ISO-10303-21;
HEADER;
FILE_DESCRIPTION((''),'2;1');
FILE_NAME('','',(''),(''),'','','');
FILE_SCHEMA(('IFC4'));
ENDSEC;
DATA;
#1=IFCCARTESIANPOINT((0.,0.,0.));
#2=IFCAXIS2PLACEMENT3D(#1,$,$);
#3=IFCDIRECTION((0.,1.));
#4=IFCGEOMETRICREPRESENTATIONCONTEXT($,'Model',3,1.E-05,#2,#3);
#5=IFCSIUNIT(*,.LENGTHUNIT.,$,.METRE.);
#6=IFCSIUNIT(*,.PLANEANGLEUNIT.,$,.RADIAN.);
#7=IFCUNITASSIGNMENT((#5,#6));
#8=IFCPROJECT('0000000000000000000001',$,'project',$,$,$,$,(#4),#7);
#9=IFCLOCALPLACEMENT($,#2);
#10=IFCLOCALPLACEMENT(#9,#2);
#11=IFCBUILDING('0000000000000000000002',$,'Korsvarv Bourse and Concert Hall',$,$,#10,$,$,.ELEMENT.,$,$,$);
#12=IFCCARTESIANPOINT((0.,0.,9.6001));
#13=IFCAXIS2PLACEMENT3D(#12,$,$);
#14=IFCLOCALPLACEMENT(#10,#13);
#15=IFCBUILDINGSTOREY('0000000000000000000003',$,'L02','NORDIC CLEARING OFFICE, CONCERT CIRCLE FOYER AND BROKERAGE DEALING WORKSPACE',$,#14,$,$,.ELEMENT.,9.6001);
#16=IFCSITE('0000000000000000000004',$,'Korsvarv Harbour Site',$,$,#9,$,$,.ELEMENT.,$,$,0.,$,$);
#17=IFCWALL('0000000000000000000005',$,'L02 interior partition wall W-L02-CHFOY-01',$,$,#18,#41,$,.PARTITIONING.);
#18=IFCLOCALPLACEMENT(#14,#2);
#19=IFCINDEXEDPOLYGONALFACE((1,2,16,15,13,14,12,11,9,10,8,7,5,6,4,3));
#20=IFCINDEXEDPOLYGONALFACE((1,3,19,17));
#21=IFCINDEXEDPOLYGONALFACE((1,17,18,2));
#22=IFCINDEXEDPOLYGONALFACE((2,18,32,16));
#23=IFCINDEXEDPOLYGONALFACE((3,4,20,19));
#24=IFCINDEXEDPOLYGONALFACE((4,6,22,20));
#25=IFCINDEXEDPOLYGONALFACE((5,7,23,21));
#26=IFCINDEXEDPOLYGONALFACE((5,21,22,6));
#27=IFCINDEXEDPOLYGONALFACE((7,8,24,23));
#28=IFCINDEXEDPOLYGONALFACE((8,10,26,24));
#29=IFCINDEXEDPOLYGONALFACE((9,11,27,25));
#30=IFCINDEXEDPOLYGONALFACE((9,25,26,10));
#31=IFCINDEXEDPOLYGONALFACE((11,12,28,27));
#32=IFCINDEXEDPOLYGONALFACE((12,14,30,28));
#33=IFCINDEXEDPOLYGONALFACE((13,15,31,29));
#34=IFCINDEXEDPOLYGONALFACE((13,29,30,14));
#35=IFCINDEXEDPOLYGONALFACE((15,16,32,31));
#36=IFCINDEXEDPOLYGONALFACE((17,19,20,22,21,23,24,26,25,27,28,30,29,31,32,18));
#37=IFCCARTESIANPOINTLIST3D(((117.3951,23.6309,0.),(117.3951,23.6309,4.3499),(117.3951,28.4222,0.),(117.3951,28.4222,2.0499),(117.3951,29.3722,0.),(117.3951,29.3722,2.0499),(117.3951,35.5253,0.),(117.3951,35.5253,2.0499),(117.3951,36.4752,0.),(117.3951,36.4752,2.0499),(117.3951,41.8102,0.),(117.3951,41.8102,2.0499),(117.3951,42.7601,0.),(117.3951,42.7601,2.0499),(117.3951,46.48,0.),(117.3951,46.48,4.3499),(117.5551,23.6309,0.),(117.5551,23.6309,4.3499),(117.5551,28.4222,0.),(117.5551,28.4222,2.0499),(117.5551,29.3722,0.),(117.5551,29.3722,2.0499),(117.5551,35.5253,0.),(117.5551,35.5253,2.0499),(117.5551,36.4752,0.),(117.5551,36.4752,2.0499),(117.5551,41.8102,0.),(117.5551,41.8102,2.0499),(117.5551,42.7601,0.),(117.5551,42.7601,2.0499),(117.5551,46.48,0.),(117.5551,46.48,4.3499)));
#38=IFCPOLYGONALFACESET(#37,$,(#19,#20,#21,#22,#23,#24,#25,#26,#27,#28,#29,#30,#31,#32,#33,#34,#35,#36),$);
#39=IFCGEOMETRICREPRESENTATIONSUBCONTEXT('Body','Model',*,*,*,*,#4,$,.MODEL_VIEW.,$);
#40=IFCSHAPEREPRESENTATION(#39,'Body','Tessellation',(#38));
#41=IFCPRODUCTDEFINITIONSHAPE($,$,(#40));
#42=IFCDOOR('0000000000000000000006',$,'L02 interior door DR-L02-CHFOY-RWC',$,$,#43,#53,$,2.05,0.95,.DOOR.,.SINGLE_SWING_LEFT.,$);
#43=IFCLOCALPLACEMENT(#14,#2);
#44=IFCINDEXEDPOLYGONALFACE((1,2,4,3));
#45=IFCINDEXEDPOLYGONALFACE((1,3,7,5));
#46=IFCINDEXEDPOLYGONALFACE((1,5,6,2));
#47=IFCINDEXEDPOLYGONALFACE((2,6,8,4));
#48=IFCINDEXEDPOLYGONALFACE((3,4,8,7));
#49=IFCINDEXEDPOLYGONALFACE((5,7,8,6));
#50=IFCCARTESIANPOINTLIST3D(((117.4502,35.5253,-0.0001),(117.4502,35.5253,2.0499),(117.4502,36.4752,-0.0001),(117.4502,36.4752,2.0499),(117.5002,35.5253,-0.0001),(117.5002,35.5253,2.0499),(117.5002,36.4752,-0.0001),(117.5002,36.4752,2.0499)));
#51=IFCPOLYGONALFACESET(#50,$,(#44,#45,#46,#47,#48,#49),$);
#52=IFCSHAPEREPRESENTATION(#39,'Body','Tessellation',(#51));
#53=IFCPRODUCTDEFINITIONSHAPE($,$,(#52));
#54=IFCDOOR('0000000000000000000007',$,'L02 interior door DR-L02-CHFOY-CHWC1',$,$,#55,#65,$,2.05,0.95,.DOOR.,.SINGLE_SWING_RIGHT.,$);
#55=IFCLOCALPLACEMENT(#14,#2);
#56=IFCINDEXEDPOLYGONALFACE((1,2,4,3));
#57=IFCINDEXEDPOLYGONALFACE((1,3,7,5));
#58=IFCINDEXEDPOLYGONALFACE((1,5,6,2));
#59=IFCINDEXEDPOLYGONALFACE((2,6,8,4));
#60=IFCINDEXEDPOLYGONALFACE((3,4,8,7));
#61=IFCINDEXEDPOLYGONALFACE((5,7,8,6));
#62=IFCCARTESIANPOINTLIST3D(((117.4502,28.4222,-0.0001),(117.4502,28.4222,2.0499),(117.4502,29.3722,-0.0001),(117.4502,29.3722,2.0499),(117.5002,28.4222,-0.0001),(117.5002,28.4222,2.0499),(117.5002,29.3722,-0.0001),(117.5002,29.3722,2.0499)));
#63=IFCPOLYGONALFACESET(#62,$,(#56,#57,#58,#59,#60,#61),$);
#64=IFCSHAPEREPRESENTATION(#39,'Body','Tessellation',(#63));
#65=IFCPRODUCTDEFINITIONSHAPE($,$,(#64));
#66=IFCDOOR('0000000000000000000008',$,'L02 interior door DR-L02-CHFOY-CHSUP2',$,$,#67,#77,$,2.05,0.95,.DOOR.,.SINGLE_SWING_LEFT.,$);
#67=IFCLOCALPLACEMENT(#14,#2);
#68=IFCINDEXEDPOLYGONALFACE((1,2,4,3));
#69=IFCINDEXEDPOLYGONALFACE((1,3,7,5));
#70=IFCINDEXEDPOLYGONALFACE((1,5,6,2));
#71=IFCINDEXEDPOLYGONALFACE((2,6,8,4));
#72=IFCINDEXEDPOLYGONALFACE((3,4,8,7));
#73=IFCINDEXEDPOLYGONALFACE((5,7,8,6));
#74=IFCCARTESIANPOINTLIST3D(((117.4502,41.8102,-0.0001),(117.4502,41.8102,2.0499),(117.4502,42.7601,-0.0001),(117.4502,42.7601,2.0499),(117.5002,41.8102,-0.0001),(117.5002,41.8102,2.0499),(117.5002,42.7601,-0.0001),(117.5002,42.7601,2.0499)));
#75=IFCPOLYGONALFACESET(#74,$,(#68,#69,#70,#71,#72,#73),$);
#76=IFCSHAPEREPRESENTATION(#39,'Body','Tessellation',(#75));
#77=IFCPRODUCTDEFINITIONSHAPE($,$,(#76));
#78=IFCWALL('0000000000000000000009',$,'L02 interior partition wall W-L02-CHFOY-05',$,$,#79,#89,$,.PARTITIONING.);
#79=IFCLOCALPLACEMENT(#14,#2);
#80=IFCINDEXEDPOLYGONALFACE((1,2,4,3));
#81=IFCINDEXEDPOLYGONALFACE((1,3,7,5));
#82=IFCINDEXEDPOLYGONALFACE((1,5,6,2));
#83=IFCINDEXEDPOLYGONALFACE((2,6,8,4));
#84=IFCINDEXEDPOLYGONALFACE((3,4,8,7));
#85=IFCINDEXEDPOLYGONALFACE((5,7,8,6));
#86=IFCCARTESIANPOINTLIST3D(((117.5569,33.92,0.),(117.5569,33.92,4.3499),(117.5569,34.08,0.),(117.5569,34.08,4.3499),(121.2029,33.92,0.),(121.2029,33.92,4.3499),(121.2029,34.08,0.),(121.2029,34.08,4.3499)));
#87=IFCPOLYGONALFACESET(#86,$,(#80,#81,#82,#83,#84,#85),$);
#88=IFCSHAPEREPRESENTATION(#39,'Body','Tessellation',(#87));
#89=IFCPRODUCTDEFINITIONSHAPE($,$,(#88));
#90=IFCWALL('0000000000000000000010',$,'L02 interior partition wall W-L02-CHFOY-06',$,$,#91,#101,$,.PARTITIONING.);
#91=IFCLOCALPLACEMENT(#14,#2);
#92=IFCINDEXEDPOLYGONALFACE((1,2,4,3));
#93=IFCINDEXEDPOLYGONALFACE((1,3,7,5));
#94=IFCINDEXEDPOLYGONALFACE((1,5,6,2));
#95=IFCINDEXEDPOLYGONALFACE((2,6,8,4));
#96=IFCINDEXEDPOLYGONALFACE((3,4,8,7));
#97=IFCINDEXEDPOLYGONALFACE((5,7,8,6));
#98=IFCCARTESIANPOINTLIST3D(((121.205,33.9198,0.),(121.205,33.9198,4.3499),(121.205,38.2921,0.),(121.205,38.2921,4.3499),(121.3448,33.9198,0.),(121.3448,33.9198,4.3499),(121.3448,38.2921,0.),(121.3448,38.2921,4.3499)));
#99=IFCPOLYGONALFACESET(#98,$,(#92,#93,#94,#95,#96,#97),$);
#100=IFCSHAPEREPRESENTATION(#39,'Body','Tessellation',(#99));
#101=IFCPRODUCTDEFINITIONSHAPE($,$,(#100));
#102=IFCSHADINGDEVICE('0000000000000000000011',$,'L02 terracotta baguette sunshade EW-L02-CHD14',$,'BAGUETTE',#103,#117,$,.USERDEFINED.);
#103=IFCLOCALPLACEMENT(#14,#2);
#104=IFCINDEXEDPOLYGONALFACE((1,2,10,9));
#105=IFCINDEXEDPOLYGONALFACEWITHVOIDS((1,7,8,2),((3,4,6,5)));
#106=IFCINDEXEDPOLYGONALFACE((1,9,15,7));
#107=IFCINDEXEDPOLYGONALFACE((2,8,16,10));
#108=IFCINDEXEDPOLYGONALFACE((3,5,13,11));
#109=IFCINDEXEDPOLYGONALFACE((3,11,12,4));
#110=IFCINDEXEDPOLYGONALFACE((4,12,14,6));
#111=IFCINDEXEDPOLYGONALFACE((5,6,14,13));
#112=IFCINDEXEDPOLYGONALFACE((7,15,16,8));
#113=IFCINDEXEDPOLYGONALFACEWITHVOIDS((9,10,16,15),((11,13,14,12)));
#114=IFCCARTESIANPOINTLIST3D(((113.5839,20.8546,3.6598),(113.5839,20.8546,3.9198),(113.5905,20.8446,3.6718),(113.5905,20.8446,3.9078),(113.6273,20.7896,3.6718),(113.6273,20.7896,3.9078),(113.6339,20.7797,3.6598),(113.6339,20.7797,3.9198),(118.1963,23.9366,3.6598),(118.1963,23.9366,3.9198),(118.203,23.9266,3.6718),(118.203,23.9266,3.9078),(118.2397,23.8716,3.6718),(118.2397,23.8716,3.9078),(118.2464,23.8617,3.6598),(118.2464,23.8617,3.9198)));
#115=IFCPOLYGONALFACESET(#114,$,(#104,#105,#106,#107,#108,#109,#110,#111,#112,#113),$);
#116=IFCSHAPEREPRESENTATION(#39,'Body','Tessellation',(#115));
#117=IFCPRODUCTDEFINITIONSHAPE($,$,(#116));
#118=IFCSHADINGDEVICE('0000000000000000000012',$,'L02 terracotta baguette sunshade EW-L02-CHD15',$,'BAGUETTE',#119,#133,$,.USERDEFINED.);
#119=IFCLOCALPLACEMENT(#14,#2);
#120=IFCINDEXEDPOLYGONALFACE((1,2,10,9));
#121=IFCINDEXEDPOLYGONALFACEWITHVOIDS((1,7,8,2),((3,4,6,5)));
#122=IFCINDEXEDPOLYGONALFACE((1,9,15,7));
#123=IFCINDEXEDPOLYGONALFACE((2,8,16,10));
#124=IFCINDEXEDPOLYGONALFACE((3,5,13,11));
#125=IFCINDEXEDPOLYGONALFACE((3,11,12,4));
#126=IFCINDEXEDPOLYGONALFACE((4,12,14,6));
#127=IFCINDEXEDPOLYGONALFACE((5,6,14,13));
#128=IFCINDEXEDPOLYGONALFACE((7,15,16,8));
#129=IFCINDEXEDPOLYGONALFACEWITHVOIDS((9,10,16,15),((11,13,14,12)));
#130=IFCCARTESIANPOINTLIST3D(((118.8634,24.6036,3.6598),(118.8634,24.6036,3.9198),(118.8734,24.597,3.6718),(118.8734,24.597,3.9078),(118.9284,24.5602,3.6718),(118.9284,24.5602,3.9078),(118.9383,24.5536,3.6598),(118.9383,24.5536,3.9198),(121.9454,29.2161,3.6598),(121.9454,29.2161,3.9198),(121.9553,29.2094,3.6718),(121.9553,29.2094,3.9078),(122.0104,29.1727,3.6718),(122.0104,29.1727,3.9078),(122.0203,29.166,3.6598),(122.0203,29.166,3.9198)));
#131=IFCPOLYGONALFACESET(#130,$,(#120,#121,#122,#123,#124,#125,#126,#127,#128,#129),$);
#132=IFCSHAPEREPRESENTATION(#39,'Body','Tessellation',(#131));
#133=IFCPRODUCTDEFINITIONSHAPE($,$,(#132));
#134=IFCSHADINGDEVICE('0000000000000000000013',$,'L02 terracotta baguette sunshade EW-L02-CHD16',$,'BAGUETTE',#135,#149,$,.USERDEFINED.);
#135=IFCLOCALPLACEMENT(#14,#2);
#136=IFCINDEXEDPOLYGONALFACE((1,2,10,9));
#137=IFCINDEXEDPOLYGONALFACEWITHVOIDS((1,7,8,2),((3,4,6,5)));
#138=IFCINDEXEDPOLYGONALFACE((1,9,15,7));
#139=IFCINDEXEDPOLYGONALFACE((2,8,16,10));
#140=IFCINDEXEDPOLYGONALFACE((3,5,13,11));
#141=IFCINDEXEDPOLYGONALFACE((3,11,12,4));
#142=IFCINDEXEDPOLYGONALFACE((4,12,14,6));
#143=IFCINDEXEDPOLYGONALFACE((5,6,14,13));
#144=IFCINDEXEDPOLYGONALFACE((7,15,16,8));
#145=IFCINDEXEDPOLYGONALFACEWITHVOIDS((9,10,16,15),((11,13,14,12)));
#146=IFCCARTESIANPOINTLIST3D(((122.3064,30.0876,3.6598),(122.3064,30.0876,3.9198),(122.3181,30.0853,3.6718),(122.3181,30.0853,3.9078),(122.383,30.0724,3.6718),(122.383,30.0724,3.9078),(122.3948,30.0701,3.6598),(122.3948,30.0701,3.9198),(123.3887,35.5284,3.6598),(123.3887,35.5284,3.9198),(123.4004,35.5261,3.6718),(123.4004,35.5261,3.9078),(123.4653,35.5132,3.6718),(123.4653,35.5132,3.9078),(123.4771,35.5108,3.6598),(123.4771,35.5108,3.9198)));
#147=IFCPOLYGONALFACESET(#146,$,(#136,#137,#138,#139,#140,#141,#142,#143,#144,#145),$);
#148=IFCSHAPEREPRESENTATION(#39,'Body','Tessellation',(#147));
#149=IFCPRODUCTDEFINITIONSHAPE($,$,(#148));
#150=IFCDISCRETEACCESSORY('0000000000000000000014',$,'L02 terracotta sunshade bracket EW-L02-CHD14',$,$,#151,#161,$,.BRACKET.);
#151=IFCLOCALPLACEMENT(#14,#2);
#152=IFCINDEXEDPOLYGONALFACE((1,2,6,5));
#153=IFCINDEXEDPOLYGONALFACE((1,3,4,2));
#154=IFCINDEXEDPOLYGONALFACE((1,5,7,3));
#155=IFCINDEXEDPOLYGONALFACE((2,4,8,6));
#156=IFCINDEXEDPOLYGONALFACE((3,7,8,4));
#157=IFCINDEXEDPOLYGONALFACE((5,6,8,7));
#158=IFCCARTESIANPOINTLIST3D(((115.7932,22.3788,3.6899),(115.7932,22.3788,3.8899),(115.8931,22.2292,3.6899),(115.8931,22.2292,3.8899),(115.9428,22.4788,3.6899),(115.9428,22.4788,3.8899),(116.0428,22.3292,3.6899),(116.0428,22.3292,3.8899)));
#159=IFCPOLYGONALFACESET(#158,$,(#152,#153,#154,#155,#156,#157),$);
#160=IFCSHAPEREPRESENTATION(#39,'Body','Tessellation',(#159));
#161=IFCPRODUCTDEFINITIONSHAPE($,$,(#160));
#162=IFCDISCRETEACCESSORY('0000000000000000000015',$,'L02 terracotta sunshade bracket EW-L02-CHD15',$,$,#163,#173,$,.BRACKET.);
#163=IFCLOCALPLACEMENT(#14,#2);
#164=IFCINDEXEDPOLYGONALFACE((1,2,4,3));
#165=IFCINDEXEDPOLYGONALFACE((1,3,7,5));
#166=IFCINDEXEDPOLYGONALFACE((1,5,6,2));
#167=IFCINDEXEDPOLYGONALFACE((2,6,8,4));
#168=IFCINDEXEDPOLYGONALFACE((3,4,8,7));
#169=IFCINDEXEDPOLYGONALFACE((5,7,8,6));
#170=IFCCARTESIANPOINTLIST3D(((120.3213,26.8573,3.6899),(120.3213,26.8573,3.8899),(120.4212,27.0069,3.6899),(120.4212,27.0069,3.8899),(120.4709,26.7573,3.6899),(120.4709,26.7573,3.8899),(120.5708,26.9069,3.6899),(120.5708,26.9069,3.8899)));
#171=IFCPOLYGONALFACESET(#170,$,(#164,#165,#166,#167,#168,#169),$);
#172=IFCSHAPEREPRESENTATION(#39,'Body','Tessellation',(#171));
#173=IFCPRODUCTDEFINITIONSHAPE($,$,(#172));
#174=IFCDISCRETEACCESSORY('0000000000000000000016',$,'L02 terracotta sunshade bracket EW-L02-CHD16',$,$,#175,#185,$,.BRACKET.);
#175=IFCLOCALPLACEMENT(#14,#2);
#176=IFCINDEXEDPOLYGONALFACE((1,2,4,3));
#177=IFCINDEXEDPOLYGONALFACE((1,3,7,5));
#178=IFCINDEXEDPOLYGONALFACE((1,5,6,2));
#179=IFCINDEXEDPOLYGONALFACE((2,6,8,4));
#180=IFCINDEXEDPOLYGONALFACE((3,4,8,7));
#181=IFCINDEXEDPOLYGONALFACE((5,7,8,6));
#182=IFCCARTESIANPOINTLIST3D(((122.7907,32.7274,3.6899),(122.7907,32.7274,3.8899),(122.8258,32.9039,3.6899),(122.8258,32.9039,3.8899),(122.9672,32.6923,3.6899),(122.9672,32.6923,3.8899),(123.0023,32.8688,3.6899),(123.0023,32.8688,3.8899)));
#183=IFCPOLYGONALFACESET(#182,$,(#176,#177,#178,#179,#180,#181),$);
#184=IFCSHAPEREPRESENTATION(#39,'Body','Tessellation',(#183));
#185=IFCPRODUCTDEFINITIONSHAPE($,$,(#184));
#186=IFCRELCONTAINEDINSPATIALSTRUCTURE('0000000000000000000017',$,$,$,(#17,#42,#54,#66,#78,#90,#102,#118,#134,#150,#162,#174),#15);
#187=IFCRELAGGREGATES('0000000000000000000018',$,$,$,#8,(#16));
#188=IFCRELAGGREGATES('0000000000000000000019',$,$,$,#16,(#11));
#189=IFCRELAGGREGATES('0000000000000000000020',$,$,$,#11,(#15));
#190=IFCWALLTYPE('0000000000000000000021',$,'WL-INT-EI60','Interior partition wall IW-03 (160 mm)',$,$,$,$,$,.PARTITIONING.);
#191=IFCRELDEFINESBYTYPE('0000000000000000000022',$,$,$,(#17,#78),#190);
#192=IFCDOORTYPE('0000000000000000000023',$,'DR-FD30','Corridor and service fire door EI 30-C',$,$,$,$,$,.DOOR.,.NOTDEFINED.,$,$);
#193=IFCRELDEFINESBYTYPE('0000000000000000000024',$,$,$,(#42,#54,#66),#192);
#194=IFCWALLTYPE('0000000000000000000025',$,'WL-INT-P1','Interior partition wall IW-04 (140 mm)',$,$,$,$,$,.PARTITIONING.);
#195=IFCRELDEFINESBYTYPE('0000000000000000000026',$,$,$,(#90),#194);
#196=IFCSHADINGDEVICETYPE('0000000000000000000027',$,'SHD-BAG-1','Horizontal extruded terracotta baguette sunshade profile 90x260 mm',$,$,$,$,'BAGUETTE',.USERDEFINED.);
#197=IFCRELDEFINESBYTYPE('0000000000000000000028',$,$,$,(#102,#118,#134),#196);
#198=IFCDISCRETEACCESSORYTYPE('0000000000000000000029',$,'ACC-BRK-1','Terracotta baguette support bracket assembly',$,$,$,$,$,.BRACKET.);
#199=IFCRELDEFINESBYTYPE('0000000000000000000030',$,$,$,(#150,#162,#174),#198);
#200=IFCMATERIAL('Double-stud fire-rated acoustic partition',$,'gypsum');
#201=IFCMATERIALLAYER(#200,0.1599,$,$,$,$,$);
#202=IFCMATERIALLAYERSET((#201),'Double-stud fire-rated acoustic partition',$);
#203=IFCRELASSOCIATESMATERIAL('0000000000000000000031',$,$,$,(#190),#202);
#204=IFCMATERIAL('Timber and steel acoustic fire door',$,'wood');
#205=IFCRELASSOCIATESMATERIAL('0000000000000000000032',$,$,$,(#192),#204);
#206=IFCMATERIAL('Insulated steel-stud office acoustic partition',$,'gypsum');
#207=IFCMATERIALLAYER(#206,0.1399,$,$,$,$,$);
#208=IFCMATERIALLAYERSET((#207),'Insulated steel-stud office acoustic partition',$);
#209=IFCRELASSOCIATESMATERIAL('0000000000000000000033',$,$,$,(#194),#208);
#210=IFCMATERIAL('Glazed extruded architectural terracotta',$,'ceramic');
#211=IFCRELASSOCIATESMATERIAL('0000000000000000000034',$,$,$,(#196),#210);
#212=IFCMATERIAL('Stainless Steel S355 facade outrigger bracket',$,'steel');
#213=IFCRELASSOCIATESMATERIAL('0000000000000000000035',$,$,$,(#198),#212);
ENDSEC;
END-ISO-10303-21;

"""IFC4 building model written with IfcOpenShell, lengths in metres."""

from ifc_helpers import new_model, si_unit, direction, frame, frame_2d, origin, origin_2d, place, context, subcontext, project, spatial, rectangle, hollow_rectangle, extrude, source, transform, mapped, material, layer, layer_set, material_profile, profile_set, type_object, element, fill, save


model = new_model("IFC4")

# Units and contexts
model_context = context("Model", 3, precision=1e-05, world=origin(), true_north=direction((0.0, 1.0)))
body_context = subcontext(model_context, "Body", "Model", "MODEL_VIEW")
ifc_project = project(units=[si_unit("LENGTHUNIT", "METRE"), si_unit("PLANEANGLEUNIT", "RADIAN")], contexts=[model_context])

# Site, building, storey
site_placement = place(None, origin())
site = spatial("IfcSite", under=ifc_project, at=site_placement, Name="Korsvarv Harbour Site", CompositionType="ELEMENT", RefElevation=0.0)
building_placement = place(site_placement, origin())
building = spatial("IfcBuilding", under=site, at=building_placement, Name="Korsvarv Bourse and Concert Hall", CompositionType="ELEMENT")
storey_placement = place(building_placement, frame((0.0, 0.0, 9.6001)))
storey = spatial("IfcBuildingStorey", under=building, at=storey_placement, Name="L02", Description="NORDIC CLEARING OFFICE, CONCERT CIRCLE FOYER AND BROKERAGE DEALING WORKSPACE", CompositionType="ELEMENT", Elevation=9.6001)

# Wall, openings, doors
ifc_material_1 = material(Name="Double-stud fire-rated acoustic partition", Category="gypsum")
ifc_layer_1 = layer(ifc_material_1, 0.1599)
ifc_layer_set_1 = layer_set([ifc_layer_1], Name="Double-stud fire-rated acoustic partition")
wall_type_1 = type_object("IfcWallType", Name="WL-INT-EI60", Description="Interior partition wall IW-03 (160 mm)", PredefinedType="PARTITIONING", material=ifc_layer_set_1)
wall_1_placement = place(storey_placement, frame((117.4751, 23.6309, 0.0), z_axis=(0.0, 0.0, 1.0), x_axis=(0.0, 1.0, 0.0)))
wall_1 = element("IfcWall", 1, at=wall_1_placement, inside=storey, type_object=wall_type_1, Name="L02 interior partition wall W-L02-CHFOY-01", PredefinedType="PARTITIONING", context=body_context, shape_type="SweptSolid", body=[
    extrude(rectangle(XDim=22.8491, YDim=0.1599, at=frame_2d((11.4246, 0.0))), origin(), (0.0, 0.0, 1.0), 4.3499),
])
opening_1_placement = place(wall_1_placement, frame((11.8943, 0.0, 0.0)))
opening_1 = element("IfcOpeningElement", 2, at=opening_1_placement, cuts=wall_1, PredefinedType="OPENING", context=body_context, shape_type="SweptSolid", body=[
    extrude(rectangle(XDim=0.95, YDim=2.05, at=frame_2d((0.4751, 1.0249))), frame((0.0, 0.0898, 0.0), z_axis=(0.0, -1.0, 0.0), x_axis=(1.0, 0.0, 0.0)), (0.0, 0.0, 1.0), 0.1799),
])
opening_2_placement = place(wall_1_placement, frame((4.7913, 0.0, 0.0)))
opening_2 = element("IfcOpeningElement", 3, at=opening_2_placement, cuts=wall_1, PredefinedType="OPENING", context=body_context, shape_type="SweptSolid", body=[
    extrude(rectangle(XDim=0.95, YDim=2.05, at=frame_2d((0.4751, 1.0249))), frame((0.0, 0.0898, 0.0), z_axis=(0.0, -1.0, 0.0), x_axis=(1.0, 0.0, 0.0)), (0.0, 0.0, 1.0), 0.1799),
])
opening_3_placement = place(wall_1_placement, frame((18.1792, 0.0, 0.0)))
opening_3 = element("IfcOpeningElement", 4, at=opening_3_placement, cuts=wall_1, PredefinedType="OPENING", context=body_context, shape_type="SweptSolid", body=[
    extrude(rectangle(XDim=0.95, YDim=2.05, at=frame_2d((0.4751, 1.0249))), frame((0.0, 0.0898, 0.0), z_axis=(0.0, -1.0, 0.0), x_axis=(1.0, 0.0, 0.0)), (0.0, 0.0, 1.0), 0.1799),
])
ifc_material_2 = material(Name="Timber and steel acoustic fire door", Category="wood")
door_type = type_object("IfcDoorType", Name="DR-FD30", Description="Corridor and service fire door EI 30-C", OperationType="NOTDEFINED", PredefinedType="DOOR", material=ifc_material_2)
door_1_placement = place(opening_1_placement, origin())
door_1 = element("IfcDoor", 5, at=door_1_placement, inside=storey, type_object=door_type, Name="L02 interior door DR-L02-CHFOY-RWC", OperationType="SINGLE_SWING_LEFT", OverallHeight=2.05, OverallWidth=0.95, PredefinedType="DOOR", context=body_context, shape_type="SweptSolid", body=[
    extrude(rectangle(XDim=0.95, YDim=2.05, at=frame_2d((0.4751, 1.0249))), frame((0.0, 0.0249, 0.0), z_axis=(0.0, -1.0, 0.0), x_axis=(1.0, 0.0, 0.0)), (0.0, 0.0, 1.0), 0.05),
])
fill(opening_1, door_1)
door_2_placement = place(opening_2_placement, origin())
door_2 = element("IfcDoor", 6, at=door_2_placement, inside=storey, type_object=door_type, Name="L02 interior door DR-L02-CHFOY-CHWC1", OperationType="SINGLE_SWING_RIGHT", OverallHeight=2.05, OverallWidth=0.95, PredefinedType="DOOR", context=body_context, shape_type="SweptSolid", body=[
    extrude(rectangle(XDim=0.95, YDim=2.05, at=frame_2d((0.4751, 1.0249))), frame((0.0, 0.0249, 0.0), z_axis=(0.0, -1.0, 0.0), x_axis=(1.0, 0.0, 0.0)), (0.0, 0.0, 1.0), 0.05),
])
fill(opening_2, door_2)
door_3_placement = place(opening_3_placement, origin())
door_3 = element("IfcDoor", 7, at=door_3_placement, inside=storey, type_object=door_type, Name="L02 interior door DR-L02-CHFOY-CHSUP2", OperationType="SINGLE_SWING_LEFT", OverallHeight=2.05, OverallWidth=0.95, PredefinedType="DOOR", context=body_context, shape_type="SweptSolid", body=[
    extrude(rectangle(XDim=0.95, YDim=2.05, at=frame_2d((0.4751, 1.0249))), frame((0.0, 0.0249, 0.0), z_axis=(0.0, -1.0, 0.0), x_axis=(1.0, 0.0, 0.0)), (0.0, 0.0, 1.0), 0.05),
])
fill(opening_3, door_3)

# Walls
wall_2_placement = place(storey_placement, frame((117.5569, 34.0, 0.0), z_axis=(0.0, 0.0, 1.0), x_axis=(1.0, 0.0, 0.0)))
element("IfcWall", 8, at=wall_2_placement, inside=storey, type_object=wall_type_1, Name="L02 interior partition wall W-L02-CHFOY-05", PredefinedType="PARTITIONING", context=body_context, shape_type="SweptSolid", body=[
    extrude(rectangle(XDim=3.646, YDim=0.1599, at=frame_2d((1.823, 0.0))), origin(), (0.0, 0.0, 1.0), 4.3499),
])
ifc_material_3 = material(Name="Insulated steel-stud office acoustic partition", Category="gypsum")
ifc_layer_2 = layer(ifc_material_3, 0.1399)
ifc_layer_set_2 = layer_set([ifc_layer_2], Name="Insulated steel-stud office acoustic partition")
wall_type_2 = type_object("IfcWallType", Name="WL-INT-P1", Description="Interior partition wall IW-04 (140 mm)", PredefinedType="PARTITIONING", material=ifc_layer_set_2)
wall_3_placement = place(storey_placement, frame((121.2749, 33.9199, 0.0), z_axis=(0.0, 0.0, 1.0), x_axis=(0.0, 1.0, 0.0)))
element("IfcWall", 9, at=wall_3_placement, inside=storey, type_object=wall_type_2, Name="L02 interior partition wall W-L02-CHFOY-06", PredefinedType="PARTITIONING", context=body_context, shape_type="SweptSolid", body=[
    extrude(rectangle(XDim=4.3723, YDim=0.1399, at=frame_2d((2.186, 0.0))), origin(), (0.0, 0.0, 1.0), 4.3499),
])

# Shading devices
ifc_material_4 = material(Name="Glazed extruded architectural terracotta", Category="ceramic")
ifc_material_profile_1 = material_profile(ifc_material_4, hollow_rectangle(XDim=0.0901, YDim=0.26, WallThickness=0.012, at=origin_2d()), Name="TC-BAG 90x260")
ifc_profile_set_1 = profile_set([ifc_material_profile_1], Name="Glazed extruded architectural terracotta")
shading_device_type = type_object("IfcShadingDeviceType", Name="SHD-BAG-1", Description="Horizontal extruded terracotta baguette sunshade profile 90x260 mm", ElementType="BAGUETTE", PredefinedType="USERDEFINED", material=ifc_profile_set_1)
shared_shape_1 = source(origin(), body_context, "Body", "SweptSolid", [
    extrude(hollow_rectangle(XDim=0.0901, YDim=0.26, WallThickness=0.012, at=origin_2d()), origin(), (0.0, 0.0, 1.0), 5.5474),
])
for number, where, z_axis, x_axis, name in (
    (10, (113.6089, 20.8171, 3.7898), (0.831468, 0.555573, 0.0), (-0.555573, 0.831468, 0.0), "L02 terracotta baguette sunshade EW-L02-CHD14"),
    (11, (118.9009, 24.5786, 3.7898), (0.555573, 0.831468, 0.0), (-0.831468, 0.555573, 0.0), "L02 terracotta baguette sunshade EW-L02-CHD15"),
    (12, (122.3506, 30.0789, 3.7898), (0.1951, 0.980783, 0.0), (-0.980783, 0.1951, 0.0), "L02 terracotta baguette sunshade EW-L02-CHD16"),
):
    element("IfcShadingDevice", number, at=place(storey_placement, frame(where, z_axis=z_axis, x_axis=x_axis)), inside=storey, type_object=shading_device_type, Name=name, ObjectType="BAGUETTE", PredefinedType="USERDEFINED", context=body_context, shape_type="MappedRepresentation", body=[
        mapped(shared_shape_1, transform((0.0, 0.0, 0.0), scale=1.0)),
    ])

# Discrete accessories
ifc_material_5 = material(Name="Stainless Steel S355 facade outrigger bracket", Category="steel")
discrete_accessory_type = type_object("IfcDiscreteAccessoryType", Name="ACC-BRK-1", Description="Terracotta baguette support bracket assembly", PredefinedType="BRACKET", material=ifc_material_5)
shared_shape_2 = source(origin(), body_context, "Body", "SweptSolid", [
    extrude(rectangle(XDim=0.1799, YDim=0.1799, at=origin_2d()), origin(), (0.0, 0.0, 1.0), 0.2),
])
for number, where, z_axis, x_axis, name in (
    (13, (115.918, 22.354, 3.6899), (0.0, 0.0, 1.0), (0.83147, 0.55557, 0.0), "L02 terracotta sunshade bracket EW-L02-CHD14"),
    (14, (120.446, 26.8821, 3.6899), (0.0, 0.0, 1.0), (0.55557, 0.83147, 0.0), "L02 terracotta sunshade bracket EW-L02-CHD15"),
    (15, (122.8965, 32.7981, 3.6899), (0.0, 0.0, 1.0), (0.19509, 0.980785, 0.0), "L02 terracotta sunshade bracket EW-L02-CHD16"),
):
    element("IfcDiscreteAccessory", number, at=place(storey_placement, frame(where, z_axis=z_axis, x_axis=x_axis)), inside=storey, type_object=discrete_accessory_type, Name=name, PredefinedType="BRACKET", context=body_context, shape_type="MappedRepresentation", body=[
        mapped(shared_shape_2, transform((0.0, 0.0, 0.0), scale=1.0)),
    ])

save(model, "model.ifc")
